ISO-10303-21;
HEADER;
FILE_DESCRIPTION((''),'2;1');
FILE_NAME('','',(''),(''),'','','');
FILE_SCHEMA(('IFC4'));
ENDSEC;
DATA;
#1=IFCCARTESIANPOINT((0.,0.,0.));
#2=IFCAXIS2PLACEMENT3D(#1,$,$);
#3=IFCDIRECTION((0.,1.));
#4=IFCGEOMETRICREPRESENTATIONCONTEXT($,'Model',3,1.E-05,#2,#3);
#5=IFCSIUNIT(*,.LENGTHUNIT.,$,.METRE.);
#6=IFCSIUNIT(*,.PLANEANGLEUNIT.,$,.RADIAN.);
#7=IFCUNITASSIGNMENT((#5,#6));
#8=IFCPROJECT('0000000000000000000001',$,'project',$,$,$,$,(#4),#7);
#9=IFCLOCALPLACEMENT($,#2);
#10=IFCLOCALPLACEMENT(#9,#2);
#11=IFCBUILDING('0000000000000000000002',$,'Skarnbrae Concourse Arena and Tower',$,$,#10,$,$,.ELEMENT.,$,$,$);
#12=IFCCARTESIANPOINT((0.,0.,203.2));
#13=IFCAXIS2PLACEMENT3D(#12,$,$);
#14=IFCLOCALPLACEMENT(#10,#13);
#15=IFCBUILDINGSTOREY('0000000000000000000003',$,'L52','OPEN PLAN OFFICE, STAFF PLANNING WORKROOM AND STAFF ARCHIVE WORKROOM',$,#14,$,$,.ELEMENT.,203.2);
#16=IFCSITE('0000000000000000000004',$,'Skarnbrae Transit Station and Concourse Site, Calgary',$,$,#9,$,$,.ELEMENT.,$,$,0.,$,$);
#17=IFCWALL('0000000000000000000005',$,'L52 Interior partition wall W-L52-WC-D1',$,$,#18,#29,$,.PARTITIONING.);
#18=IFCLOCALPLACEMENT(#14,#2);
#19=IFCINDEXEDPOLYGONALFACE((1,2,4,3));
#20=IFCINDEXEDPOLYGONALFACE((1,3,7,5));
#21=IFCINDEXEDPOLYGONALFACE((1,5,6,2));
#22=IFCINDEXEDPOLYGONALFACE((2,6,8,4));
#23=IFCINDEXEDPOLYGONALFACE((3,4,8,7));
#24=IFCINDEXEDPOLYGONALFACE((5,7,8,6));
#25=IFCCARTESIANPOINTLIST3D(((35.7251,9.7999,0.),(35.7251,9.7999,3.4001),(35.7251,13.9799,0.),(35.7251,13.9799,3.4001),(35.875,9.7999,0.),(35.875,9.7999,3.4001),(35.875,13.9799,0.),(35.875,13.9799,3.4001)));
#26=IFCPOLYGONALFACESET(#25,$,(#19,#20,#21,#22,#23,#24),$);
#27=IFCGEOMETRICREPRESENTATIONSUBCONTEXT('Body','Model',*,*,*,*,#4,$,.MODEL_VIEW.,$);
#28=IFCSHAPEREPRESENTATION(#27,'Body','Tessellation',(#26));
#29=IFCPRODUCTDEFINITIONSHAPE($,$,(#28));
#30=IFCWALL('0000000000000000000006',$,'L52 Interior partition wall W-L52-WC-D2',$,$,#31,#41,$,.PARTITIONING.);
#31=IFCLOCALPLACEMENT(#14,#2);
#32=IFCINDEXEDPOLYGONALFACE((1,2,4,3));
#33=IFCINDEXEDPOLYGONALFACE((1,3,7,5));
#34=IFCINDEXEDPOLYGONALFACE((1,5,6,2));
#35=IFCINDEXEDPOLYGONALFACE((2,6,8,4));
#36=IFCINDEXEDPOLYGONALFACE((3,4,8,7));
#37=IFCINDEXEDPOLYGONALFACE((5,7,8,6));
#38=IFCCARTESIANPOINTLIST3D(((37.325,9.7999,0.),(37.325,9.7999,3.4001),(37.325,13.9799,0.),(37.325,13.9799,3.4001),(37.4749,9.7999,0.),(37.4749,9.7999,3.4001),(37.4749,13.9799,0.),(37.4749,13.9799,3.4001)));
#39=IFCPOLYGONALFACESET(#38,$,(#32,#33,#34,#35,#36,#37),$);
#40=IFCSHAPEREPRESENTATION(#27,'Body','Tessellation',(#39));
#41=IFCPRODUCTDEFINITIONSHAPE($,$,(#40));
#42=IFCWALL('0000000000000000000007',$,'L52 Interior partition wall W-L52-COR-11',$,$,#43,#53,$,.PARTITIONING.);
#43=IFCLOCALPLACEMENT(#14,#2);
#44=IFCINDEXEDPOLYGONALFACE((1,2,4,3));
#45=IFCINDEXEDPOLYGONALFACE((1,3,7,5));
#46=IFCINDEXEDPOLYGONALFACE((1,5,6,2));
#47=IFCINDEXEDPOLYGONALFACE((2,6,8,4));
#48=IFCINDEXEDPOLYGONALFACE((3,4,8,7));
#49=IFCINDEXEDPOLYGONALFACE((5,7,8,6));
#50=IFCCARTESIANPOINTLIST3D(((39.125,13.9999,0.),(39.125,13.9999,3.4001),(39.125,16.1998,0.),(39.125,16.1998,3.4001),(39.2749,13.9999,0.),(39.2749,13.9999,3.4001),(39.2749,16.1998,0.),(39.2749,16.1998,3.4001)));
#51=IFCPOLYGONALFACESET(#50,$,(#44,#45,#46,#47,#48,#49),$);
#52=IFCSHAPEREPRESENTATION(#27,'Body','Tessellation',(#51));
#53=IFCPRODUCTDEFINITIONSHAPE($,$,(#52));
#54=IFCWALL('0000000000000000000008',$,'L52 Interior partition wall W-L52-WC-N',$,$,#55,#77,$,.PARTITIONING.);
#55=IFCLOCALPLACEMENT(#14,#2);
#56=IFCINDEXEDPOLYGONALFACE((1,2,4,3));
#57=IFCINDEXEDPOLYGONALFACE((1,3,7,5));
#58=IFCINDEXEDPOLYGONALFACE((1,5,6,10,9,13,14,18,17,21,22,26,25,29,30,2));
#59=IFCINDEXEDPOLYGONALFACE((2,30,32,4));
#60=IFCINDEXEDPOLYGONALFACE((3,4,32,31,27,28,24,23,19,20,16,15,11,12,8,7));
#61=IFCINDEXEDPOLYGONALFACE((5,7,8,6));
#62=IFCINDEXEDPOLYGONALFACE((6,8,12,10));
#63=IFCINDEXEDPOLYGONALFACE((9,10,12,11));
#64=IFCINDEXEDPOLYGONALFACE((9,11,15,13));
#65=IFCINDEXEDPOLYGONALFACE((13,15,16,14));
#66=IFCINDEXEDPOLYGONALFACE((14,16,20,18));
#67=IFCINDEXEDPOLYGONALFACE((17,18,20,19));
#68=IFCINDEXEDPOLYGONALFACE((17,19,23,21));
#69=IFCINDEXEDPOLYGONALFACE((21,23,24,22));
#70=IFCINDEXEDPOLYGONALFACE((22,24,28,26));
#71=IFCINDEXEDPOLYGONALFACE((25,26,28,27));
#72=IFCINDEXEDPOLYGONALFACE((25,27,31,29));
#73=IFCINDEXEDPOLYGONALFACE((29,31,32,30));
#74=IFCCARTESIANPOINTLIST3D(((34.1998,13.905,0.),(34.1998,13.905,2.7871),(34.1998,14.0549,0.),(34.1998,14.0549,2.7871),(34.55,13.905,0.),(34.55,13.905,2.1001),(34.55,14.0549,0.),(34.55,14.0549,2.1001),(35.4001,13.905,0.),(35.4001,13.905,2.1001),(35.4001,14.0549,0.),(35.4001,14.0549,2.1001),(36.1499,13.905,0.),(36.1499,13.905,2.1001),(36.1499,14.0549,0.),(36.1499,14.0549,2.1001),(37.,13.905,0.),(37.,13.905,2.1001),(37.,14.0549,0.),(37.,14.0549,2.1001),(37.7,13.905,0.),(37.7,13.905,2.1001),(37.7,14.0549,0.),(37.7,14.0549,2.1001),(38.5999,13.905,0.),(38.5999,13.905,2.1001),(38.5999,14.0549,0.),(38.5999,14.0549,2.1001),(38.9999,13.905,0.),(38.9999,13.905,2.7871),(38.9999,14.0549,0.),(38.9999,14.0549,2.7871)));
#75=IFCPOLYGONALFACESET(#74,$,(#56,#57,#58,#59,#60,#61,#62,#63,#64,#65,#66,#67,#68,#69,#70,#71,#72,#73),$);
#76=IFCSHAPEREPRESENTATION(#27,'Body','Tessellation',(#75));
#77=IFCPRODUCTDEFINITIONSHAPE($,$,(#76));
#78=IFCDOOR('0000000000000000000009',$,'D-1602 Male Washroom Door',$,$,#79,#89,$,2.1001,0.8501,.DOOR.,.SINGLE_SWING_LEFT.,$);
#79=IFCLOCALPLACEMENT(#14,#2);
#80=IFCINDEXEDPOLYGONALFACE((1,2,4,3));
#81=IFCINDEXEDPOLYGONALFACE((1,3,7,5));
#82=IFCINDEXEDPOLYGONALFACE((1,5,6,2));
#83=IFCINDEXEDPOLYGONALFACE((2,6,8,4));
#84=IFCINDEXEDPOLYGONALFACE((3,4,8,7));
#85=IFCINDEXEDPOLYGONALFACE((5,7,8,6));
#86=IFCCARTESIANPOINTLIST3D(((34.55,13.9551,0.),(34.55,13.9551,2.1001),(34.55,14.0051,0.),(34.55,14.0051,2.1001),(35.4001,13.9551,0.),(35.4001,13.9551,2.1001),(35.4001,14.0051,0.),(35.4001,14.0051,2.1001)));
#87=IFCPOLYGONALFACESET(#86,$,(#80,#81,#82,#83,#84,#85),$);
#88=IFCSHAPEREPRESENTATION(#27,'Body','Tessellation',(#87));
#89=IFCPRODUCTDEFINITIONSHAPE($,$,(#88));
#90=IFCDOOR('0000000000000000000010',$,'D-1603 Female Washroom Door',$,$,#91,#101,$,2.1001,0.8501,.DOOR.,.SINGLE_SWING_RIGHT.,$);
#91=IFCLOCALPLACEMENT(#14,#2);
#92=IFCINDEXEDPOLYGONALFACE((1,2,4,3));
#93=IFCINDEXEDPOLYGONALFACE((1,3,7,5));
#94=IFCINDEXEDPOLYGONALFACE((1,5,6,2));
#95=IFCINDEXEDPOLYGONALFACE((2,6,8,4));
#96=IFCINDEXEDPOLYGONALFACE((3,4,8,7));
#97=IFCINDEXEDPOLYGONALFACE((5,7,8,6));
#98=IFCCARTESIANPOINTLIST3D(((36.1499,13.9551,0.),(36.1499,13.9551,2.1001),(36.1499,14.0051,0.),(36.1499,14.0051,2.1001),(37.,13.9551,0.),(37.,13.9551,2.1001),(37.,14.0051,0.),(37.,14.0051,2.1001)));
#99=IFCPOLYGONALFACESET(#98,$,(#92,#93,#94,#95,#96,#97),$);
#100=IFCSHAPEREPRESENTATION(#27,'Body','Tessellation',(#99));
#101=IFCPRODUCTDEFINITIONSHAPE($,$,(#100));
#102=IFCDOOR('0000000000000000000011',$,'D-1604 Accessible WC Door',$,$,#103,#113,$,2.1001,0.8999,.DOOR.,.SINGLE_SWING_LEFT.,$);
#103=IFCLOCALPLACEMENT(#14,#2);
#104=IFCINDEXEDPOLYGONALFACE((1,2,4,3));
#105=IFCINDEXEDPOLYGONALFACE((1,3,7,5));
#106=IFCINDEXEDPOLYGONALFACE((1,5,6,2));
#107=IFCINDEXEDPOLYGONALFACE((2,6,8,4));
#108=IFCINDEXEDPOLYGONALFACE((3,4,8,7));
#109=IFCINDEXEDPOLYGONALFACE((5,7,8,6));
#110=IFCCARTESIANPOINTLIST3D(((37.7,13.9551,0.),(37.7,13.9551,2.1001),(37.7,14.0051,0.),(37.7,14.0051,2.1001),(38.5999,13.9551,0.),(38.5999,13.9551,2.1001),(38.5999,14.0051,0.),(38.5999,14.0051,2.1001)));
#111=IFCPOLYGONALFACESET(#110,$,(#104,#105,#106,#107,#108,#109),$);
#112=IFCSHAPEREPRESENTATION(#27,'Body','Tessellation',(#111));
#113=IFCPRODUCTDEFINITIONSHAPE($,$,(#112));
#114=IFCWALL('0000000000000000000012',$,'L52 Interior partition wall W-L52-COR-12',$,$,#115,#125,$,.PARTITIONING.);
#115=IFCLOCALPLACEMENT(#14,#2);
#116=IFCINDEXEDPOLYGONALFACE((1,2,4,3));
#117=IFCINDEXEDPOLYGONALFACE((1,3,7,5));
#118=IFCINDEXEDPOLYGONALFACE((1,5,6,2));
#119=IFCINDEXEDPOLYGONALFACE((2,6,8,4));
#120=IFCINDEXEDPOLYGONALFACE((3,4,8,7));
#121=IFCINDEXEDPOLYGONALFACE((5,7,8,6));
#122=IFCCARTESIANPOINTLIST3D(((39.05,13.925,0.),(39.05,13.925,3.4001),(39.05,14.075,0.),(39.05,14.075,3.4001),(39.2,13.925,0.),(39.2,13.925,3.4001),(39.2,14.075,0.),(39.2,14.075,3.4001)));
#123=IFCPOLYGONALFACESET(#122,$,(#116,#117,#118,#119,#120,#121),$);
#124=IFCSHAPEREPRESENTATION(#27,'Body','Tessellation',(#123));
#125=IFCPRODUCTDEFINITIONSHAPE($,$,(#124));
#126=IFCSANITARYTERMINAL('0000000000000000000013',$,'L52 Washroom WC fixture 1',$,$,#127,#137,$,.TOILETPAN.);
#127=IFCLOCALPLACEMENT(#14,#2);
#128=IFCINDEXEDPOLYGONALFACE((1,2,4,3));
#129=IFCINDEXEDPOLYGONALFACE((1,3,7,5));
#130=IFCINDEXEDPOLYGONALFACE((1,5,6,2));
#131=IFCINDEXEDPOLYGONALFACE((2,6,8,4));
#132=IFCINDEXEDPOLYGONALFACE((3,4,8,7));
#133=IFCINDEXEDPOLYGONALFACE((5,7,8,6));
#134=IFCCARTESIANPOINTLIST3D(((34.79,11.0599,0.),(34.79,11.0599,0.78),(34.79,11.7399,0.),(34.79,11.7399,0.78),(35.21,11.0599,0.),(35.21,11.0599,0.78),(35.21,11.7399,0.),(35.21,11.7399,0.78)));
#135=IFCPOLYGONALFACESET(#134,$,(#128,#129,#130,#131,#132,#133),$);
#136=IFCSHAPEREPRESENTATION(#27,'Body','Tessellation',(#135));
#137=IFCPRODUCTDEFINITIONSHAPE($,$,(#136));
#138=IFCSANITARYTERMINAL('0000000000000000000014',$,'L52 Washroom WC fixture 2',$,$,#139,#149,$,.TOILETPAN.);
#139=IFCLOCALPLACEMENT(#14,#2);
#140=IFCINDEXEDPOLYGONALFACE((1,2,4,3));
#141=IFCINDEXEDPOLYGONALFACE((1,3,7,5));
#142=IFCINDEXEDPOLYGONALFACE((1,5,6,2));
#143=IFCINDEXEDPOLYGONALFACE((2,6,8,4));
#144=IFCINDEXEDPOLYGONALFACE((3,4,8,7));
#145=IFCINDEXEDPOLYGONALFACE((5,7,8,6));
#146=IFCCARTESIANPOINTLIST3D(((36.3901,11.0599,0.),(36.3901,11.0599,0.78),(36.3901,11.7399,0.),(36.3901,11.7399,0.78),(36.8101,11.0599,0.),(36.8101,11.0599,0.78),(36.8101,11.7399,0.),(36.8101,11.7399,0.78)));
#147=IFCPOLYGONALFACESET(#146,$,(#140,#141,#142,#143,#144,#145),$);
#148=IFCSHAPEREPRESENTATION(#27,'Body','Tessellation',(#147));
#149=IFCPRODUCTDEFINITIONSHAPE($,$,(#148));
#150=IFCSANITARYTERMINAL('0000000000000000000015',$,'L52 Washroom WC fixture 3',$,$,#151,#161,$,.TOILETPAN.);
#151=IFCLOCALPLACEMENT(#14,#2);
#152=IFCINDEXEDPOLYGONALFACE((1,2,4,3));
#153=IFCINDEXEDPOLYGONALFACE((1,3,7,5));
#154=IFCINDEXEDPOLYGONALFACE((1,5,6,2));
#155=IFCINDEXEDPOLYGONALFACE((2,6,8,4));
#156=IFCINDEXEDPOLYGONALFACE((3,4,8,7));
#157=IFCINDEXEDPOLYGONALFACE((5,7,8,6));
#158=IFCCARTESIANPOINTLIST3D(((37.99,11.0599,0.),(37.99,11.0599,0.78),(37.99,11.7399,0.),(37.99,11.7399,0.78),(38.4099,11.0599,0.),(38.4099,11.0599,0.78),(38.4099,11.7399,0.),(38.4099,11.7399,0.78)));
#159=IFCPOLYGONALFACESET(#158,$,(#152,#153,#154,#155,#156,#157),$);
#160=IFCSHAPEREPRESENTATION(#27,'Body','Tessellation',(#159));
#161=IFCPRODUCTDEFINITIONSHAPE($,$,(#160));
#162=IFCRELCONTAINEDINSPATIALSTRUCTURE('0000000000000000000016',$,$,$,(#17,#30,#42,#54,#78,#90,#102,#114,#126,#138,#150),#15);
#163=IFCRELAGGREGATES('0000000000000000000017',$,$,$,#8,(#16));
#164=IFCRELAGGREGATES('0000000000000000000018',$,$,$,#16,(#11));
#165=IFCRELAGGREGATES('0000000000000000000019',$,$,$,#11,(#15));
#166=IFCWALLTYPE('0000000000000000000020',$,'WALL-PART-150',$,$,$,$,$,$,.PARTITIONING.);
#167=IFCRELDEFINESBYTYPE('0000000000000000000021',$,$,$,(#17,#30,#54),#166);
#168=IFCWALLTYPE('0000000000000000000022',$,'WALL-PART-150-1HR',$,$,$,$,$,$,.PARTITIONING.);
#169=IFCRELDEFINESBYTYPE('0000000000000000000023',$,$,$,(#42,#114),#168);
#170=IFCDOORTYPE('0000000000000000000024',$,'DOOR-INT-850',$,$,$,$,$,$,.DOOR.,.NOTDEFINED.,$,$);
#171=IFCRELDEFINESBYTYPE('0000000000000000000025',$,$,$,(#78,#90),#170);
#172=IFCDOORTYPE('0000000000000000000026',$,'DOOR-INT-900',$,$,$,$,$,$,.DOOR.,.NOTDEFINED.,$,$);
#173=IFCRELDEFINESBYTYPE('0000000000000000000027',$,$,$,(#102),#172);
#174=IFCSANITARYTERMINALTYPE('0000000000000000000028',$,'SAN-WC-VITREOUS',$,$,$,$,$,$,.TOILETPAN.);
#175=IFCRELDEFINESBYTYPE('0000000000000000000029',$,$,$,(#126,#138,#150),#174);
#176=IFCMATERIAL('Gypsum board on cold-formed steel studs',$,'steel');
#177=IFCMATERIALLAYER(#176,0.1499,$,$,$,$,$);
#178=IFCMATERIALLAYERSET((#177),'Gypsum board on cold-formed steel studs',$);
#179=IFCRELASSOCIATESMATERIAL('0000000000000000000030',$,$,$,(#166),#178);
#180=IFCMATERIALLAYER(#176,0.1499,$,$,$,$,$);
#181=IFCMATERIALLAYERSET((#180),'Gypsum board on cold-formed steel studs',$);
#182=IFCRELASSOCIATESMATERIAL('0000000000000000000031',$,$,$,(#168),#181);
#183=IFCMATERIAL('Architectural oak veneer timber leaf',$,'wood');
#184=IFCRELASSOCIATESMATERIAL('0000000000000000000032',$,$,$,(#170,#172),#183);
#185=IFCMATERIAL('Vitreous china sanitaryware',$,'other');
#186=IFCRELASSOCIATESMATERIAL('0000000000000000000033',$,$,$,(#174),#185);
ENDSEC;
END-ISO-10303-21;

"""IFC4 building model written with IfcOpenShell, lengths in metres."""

from ifc_helpers import new_model, si_unit, direction, frame, frame_2d, origin, origin_2d, place, context, subcontext, project, spatial, rectangle, extrude, source, transform, mapped, material, layer, layer_set, type_object, element, fill, save


model = new_model("IFC4")

# Units and contexts
model_context = context("Model", 3, precision=1e-05, world=origin(), true_north=direction((0.0, 1.0)))
body_context = subcontext(model_context, "Body", "Model", "MODEL_VIEW")
ifc_project = project(units=[si_unit("LENGTHUNIT", "METRE"), si_unit("PLANEANGLEUNIT", "RADIAN")], contexts=[model_context])

# Site, building, storey
site_placement = place(None, origin())
site = spatial("IfcSite", under=ifc_project, at=site_placement, Name="Skarnbrae Transit Station and Concourse Site, Calgary", CompositionType="ELEMENT", RefElevation=0.0)
building_placement = place(site_placement, origin())
building = spatial("IfcBuilding", under=site, at=building_placement, Name="Skarnbrae Concourse Arena and Tower", CompositionType="ELEMENT")
storey_placement = place(building_placement, frame((0.0, 0.0, 203.2)))
storey = spatial("IfcBuildingStorey", under=building, at=storey_placement, Name="L52", Description="OPEN PLAN OFFICE, STAFF PLANNING WORKROOM AND STAFF ARCHIVE WORKROOM", CompositionType="ELEMENT", Elevation=203.2)

# Walls
ifc_material_1 = material(Name="Gypsum board on cold-formed steel studs", Category="steel")
ifc_layer_1 = layer(ifc_material_1, 0.1499)
ifc_layer_set_1 = layer_set([ifc_layer_1], Name="Gypsum board on cold-formed steel studs")
wall_type_1 = type_object("IfcWallType", Name="WALL-PART-150", PredefinedType="PARTITIONING", material=ifc_layer_set_1)
shared_shape_1 = source(origin(), body_context, "Body", "SweptSolid", [
    extrude(rectangle(XDim=4.1799, YDim=0.1499, at=frame_2d((2.0898, 0.0))), origin(), (0.0, 0.0, 1.0), 3.4001),
])
for number, where, z_axis, x_axis, name in (
    (1, (35.8, 9.8, 0.0), (0.0, 0.0, 1.0), (0.0, 1.0, 0.0), "L52 Interior partition wall W-L52-WC-D1"),
    (2, (37.3999, 9.8, 0.0), (0.0, 0.0, 1.0), (0.0, 1.0, 0.0), "L52 Interior partition wall W-L52-WC-D2"),
):
    element("IfcWall", number, at=place(storey_placement, frame(where, z_axis=z_axis, x_axis=x_axis)), inside=storey, type_object=wall_type_1, Name=name, PredefinedType="PARTITIONING", context=body_context, shape_type="MappedRepresentation", body=[
        mapped(shared_shape_1, transform((0.0, 0.0, 0.0))),
    ])
ifc_layer_2 = layer(ifc_material_1, 0.1499)
ifc_layer_set_2 = layer_set([ifc_layer_2], Name="Gypsum board on cold-formed steel studs")
wall_type_2 = type_object("IfcWallType", Name="WALL-PART-150-1HR", PredefinedType="PARTITIONING", material=ifc_layer_set_2)
shared_shape_2 = source(origin(), body_context, "Body", "SweptSolid", [
    extrude(rectangle(XDim=2.2, YDim=0.1499, at=frame_2d((1.1001, 0.0))), origin(), (0.0, 0.0, 1.0), 3.4001),
])
wall_1_placement = place(storey_placement, frame((39.2, 16.2, 0.0), z_axis=(0.0, 0.0, 1.0), x_axis=(0.0, -1.0, 0.0)))
element("IfcWall", 3, at=wall_1_placement, inside=storey, type_object=wall_type_2, Name="L52 Interior partition wall W-L52-COR-11", PredefinedType="PARTITIONING", context=body_context, shape_type="MappedRepresentation", body=[
    mapped(shared_shape_2, transform((0.0, 0.0, 0.0))),
])

# Wall, openings, doors
shared_shape_3 = source(origin(), body_context, "Body", "SweptSolid", [
    extrude(rectangle(XDim=4.8, YDim=0.1499, at=frame_2d((2.3999, 0.0))), origin(), (0.0, 0.0, 1.0), 2.7871),
])
wall_2_placement = place(storey_placement, frame((34.2, 13.98, 0.0), z_axis=(0.0, 0.0, 1.0), x_axis=(1.0, 0.0, 0.0)))
wall_2 = element("IfcWall", 4, at=wall_2_placement, inside=storey, type_object=wall_type_1, Name="L52 Interior partition wall W-L52-WC-N", PredefinedType="PARTITIONING", context=body_context, shape_type="MappedRepresentation", body=[
    mapped(shared_shape_3, transform((0.0, 0.0, 0.0))),
])
opening_1_placement = place(wall_2_placement, frame((0.3501, 0.0, 0.0)))
opening_1 = element("IfcOpeningElement", 5, at=opening_1_placement, cuts=wall_2, PredefinedType="OPENING", context=body_context, shape_type="SweptSolid", body=[
    extrude(rectangle(XDim=0.8501, YDim=2.1001, at=frame_2d((0.425, 1.05))), frame((0.0, 0.085, 0.0), z_axis=(0.0, -1.0, 0.0), x_axis=(1.0, 0.0, 0.0)), (0.0, 0.0, 1.0), 0.1699),
])
opening_2_placement = place(wall_2_placement, frame((1.95, 0.0, 0.0)))
opening_2 = element("IfcOpeningElement", 6, at=opening_2_placement, cuts=wall_2, PredefinedType="OPENING", context=body_context, shape_type="SweptSolid", body=[
    extrude(rectangle(XDim=0.8501, YDim=2.1001, at=frame_2d((0.425, 1.05))), frame((0.0, 0.085, 0.0), z_axis=(0.0, -1.0, 0.0), x_axis=(1.0, 0.0, 0.0)), (0.0, 0.0, 1.0), 0.1699),
])
opening_3_placement = place(wall_2_placement, frame((3.5, 0.0, 0.0)))
opening_3 = element("IfcOpeningElement", 7, at=opening_3_placement, cuts=wall_2, PredefinedType="OPENING", context=body_context, shape_type="SweptSolid", body=[
    extrude(rectangle(XDim=0.8999, YDim=2.1001, at=frame_2d((0.45, 1.05))), frame((0.0, 0.085, 0.0), z_axis=(0.0, -1.0, 0.0), x_axis=(1.0, 0.0, 0.0)), (0.0, 0.0, 1.0), 0.1699),
])
ifc_material_2 = material(Name="Architectural oak veneer timber leaf", Category="wood")
door_type_1 = type_object("IfcDoorType", Name="DOOR-INT-850", OperationType="NOTDEFINED", PredefinedType="DOOR", material=ifc_material_2)
shared_shape_4 = source(origin(), body_context, "Body", "SweptSolid", [
    extrude(rectangle(XDim=0.8501, YDim=2.1001, at=frame_2d((0.425, 1.05))), frame((0.0, 0.0249, 0.0), z_axis=(0.0, -1.0, 0.0), x_axis=(1.0, 0.0, 0.0)), (0.0, 0.0, 1.0), 0.05),
])
door_1_placement = place(opening_1_placement, frame((0.8501, 0.0, 0.0), z_axis=(0.0, 0.0, 1.0), x_axis=(-1.0, 0.0, 0.0)))
door_1 = element("IfcDoor", 8, at=door_1_placement, inside=storey, type_object=door_type_1, Name="D-1602 Male Washroom Door", OperationType="SINGLE_SWING_LEFT", OverallHeight=2.1001, OverallWidth=0.8501, PredefinedType="DOOR", context=body_context, shape_type="MappedRepresentation", body=[
    mapped(shared_shape_4, transform((0.0, 0.0, 0.0))),
])
fill(opening_1, door_1)
door_2_placement = place(opening_2_placement, frame((0.8501, 0.0, 0.0), z_axis=(0.0, 0.0, 1.0), x_axis=(-1.0, 0.0, 0.0)))
door_2 = element("IfcDoor", 9, at=door_2_placement, inside=storey, type_object=door_type_1, Name="D-1603 Female Washroom Door", OperationType="SINGLE_SWING_RIGHT", OverallHeight=2.1001, OverallWidth=0.8501, PredefinedType="DOOR", context=body_context, shape_type="MappedRepresentation", body=[
    mapped(shared_shape_4, transform((0.0, 0.0, 0.0))),
])
fill(opening_2, door_2)
door_type_2 = type_object("IfcDoorType", Name="DOOR-INT-900", OperationType="NOTDEFINED", PredefinedType="DOOR", material=ifc_material_2)
shared_shape_5 = source(origin(), body_context, "Body", "SweptSolid", [
    extrude(rectangle(XDim=0.8999, YDim=2.1001, at=frame_2d((0.45, 1.05))), frame((0.0, 0.0249, 0.0), z_axis=(0.0, -1.0, 0.0), x_axis=(1.0, 0.0, 0.0)), (0.0, 0.0, 1.0), 0.05),
])
door_3_placement = place(opening_3_placement, frame((0.8999, 0.0, 0.0), z_axis=(0.0, 0.0, 1.0), x_axis=(-1.0, 0.0, 0.0)))
door_3 = element("IfcDoor", 10, at=door_3_placement, inside=storey, type_object=door_type_2, Name="D-1604 Accessible WC Door", OperationType="SINGLE_SWING_LEFT", OverallHeight=2.1001, OverallWidth=0.8999, PredefinedType="DOOR", context=body_context, shape_type="MappedRepresentation", body=[
    mapped(shared_shape_5, transform((0.0, 0.0, 0.0))),
])
fill(opening_3, door_3)

# Wall
shared_shape_6 = source(origin(), body_context, "Body", "SweptSolid", [
    extrude(rectangle(XDim=0.1499, YDim=0.1499, at=frame_2d((0.075, 0.0))), origin(), (0.0, 0.0, 1.0), 3.4001),
])
wall_3_placement = place(storey_placement, frame((39.2, 14.0, 0.0), z_axis=(0.0, 0.0, 1.0), x_axis=(-1.0, 0.0, 0.0)))
element("IfcWall", 11, at=wall_3_placement, inside=storey, type_object=wall_type_2, Name="L52 Interior partition wall W-L52-COR-12", PredefinedType="PARTITIONING", context=body_context, shape_type="MappedRepresentation", body=[
    mapped(shared_shape_6, transform((0.0, 0.0, 0.0))),
])

# Sanitary terminals
ifc_material_3 = material(Name="Vitreous china sanitaryware", Category="other")
sanitary_terminal_type = type_object("IfcSanitaryTerminalType", Name="SAN-WC-VITREOUS", PredefinedType="TOILETPAN", material=ifc_material_3)
shared_shape_7 = source(origin(), body_context, "Body", "SweptSolid", [
    extrude(rectangle(XDim=0.4199, YDim=0.6799, at=origin_2d()), origin(), (0.0, 0.0, 1.0), 0.78),
])
for number, where, z_axis, x_axis, name in (
    (12, (35.0, 11.3999, 0.0), (0.0, 0.0, 1.0), (1.0, 0.0, 0.0), "L52 Washroom WC fixture 1"),
    (13, (36.6001, 11.3999, 0.0), (0.0, 0.0, 1.0), (1.0, 0.0, 0.0), "L52 Washroom WC fixture 2"),
    (14, (38.2, 11.3999, 0.0), (0.0, 0.0, 1.0), (1.0, 0.0, 0.0), "L52 Washroom WC fixture 3"),
):
    element("IfcSanitaryTerminal", number, at=place(storey_placement, frame(where, z_axis=z_axis, x_axis=x_axis)), inside=storey, type_object=sanitary_terminal_type, Name=name, PredefinedType="TOILETPAN", context=body_context, shape_type="MappedRepresentation", body=[
        mapped(shared_shape_7, transform((0.0, 0.0, 0.0))),
    ])

save(model, "model.ifc")
